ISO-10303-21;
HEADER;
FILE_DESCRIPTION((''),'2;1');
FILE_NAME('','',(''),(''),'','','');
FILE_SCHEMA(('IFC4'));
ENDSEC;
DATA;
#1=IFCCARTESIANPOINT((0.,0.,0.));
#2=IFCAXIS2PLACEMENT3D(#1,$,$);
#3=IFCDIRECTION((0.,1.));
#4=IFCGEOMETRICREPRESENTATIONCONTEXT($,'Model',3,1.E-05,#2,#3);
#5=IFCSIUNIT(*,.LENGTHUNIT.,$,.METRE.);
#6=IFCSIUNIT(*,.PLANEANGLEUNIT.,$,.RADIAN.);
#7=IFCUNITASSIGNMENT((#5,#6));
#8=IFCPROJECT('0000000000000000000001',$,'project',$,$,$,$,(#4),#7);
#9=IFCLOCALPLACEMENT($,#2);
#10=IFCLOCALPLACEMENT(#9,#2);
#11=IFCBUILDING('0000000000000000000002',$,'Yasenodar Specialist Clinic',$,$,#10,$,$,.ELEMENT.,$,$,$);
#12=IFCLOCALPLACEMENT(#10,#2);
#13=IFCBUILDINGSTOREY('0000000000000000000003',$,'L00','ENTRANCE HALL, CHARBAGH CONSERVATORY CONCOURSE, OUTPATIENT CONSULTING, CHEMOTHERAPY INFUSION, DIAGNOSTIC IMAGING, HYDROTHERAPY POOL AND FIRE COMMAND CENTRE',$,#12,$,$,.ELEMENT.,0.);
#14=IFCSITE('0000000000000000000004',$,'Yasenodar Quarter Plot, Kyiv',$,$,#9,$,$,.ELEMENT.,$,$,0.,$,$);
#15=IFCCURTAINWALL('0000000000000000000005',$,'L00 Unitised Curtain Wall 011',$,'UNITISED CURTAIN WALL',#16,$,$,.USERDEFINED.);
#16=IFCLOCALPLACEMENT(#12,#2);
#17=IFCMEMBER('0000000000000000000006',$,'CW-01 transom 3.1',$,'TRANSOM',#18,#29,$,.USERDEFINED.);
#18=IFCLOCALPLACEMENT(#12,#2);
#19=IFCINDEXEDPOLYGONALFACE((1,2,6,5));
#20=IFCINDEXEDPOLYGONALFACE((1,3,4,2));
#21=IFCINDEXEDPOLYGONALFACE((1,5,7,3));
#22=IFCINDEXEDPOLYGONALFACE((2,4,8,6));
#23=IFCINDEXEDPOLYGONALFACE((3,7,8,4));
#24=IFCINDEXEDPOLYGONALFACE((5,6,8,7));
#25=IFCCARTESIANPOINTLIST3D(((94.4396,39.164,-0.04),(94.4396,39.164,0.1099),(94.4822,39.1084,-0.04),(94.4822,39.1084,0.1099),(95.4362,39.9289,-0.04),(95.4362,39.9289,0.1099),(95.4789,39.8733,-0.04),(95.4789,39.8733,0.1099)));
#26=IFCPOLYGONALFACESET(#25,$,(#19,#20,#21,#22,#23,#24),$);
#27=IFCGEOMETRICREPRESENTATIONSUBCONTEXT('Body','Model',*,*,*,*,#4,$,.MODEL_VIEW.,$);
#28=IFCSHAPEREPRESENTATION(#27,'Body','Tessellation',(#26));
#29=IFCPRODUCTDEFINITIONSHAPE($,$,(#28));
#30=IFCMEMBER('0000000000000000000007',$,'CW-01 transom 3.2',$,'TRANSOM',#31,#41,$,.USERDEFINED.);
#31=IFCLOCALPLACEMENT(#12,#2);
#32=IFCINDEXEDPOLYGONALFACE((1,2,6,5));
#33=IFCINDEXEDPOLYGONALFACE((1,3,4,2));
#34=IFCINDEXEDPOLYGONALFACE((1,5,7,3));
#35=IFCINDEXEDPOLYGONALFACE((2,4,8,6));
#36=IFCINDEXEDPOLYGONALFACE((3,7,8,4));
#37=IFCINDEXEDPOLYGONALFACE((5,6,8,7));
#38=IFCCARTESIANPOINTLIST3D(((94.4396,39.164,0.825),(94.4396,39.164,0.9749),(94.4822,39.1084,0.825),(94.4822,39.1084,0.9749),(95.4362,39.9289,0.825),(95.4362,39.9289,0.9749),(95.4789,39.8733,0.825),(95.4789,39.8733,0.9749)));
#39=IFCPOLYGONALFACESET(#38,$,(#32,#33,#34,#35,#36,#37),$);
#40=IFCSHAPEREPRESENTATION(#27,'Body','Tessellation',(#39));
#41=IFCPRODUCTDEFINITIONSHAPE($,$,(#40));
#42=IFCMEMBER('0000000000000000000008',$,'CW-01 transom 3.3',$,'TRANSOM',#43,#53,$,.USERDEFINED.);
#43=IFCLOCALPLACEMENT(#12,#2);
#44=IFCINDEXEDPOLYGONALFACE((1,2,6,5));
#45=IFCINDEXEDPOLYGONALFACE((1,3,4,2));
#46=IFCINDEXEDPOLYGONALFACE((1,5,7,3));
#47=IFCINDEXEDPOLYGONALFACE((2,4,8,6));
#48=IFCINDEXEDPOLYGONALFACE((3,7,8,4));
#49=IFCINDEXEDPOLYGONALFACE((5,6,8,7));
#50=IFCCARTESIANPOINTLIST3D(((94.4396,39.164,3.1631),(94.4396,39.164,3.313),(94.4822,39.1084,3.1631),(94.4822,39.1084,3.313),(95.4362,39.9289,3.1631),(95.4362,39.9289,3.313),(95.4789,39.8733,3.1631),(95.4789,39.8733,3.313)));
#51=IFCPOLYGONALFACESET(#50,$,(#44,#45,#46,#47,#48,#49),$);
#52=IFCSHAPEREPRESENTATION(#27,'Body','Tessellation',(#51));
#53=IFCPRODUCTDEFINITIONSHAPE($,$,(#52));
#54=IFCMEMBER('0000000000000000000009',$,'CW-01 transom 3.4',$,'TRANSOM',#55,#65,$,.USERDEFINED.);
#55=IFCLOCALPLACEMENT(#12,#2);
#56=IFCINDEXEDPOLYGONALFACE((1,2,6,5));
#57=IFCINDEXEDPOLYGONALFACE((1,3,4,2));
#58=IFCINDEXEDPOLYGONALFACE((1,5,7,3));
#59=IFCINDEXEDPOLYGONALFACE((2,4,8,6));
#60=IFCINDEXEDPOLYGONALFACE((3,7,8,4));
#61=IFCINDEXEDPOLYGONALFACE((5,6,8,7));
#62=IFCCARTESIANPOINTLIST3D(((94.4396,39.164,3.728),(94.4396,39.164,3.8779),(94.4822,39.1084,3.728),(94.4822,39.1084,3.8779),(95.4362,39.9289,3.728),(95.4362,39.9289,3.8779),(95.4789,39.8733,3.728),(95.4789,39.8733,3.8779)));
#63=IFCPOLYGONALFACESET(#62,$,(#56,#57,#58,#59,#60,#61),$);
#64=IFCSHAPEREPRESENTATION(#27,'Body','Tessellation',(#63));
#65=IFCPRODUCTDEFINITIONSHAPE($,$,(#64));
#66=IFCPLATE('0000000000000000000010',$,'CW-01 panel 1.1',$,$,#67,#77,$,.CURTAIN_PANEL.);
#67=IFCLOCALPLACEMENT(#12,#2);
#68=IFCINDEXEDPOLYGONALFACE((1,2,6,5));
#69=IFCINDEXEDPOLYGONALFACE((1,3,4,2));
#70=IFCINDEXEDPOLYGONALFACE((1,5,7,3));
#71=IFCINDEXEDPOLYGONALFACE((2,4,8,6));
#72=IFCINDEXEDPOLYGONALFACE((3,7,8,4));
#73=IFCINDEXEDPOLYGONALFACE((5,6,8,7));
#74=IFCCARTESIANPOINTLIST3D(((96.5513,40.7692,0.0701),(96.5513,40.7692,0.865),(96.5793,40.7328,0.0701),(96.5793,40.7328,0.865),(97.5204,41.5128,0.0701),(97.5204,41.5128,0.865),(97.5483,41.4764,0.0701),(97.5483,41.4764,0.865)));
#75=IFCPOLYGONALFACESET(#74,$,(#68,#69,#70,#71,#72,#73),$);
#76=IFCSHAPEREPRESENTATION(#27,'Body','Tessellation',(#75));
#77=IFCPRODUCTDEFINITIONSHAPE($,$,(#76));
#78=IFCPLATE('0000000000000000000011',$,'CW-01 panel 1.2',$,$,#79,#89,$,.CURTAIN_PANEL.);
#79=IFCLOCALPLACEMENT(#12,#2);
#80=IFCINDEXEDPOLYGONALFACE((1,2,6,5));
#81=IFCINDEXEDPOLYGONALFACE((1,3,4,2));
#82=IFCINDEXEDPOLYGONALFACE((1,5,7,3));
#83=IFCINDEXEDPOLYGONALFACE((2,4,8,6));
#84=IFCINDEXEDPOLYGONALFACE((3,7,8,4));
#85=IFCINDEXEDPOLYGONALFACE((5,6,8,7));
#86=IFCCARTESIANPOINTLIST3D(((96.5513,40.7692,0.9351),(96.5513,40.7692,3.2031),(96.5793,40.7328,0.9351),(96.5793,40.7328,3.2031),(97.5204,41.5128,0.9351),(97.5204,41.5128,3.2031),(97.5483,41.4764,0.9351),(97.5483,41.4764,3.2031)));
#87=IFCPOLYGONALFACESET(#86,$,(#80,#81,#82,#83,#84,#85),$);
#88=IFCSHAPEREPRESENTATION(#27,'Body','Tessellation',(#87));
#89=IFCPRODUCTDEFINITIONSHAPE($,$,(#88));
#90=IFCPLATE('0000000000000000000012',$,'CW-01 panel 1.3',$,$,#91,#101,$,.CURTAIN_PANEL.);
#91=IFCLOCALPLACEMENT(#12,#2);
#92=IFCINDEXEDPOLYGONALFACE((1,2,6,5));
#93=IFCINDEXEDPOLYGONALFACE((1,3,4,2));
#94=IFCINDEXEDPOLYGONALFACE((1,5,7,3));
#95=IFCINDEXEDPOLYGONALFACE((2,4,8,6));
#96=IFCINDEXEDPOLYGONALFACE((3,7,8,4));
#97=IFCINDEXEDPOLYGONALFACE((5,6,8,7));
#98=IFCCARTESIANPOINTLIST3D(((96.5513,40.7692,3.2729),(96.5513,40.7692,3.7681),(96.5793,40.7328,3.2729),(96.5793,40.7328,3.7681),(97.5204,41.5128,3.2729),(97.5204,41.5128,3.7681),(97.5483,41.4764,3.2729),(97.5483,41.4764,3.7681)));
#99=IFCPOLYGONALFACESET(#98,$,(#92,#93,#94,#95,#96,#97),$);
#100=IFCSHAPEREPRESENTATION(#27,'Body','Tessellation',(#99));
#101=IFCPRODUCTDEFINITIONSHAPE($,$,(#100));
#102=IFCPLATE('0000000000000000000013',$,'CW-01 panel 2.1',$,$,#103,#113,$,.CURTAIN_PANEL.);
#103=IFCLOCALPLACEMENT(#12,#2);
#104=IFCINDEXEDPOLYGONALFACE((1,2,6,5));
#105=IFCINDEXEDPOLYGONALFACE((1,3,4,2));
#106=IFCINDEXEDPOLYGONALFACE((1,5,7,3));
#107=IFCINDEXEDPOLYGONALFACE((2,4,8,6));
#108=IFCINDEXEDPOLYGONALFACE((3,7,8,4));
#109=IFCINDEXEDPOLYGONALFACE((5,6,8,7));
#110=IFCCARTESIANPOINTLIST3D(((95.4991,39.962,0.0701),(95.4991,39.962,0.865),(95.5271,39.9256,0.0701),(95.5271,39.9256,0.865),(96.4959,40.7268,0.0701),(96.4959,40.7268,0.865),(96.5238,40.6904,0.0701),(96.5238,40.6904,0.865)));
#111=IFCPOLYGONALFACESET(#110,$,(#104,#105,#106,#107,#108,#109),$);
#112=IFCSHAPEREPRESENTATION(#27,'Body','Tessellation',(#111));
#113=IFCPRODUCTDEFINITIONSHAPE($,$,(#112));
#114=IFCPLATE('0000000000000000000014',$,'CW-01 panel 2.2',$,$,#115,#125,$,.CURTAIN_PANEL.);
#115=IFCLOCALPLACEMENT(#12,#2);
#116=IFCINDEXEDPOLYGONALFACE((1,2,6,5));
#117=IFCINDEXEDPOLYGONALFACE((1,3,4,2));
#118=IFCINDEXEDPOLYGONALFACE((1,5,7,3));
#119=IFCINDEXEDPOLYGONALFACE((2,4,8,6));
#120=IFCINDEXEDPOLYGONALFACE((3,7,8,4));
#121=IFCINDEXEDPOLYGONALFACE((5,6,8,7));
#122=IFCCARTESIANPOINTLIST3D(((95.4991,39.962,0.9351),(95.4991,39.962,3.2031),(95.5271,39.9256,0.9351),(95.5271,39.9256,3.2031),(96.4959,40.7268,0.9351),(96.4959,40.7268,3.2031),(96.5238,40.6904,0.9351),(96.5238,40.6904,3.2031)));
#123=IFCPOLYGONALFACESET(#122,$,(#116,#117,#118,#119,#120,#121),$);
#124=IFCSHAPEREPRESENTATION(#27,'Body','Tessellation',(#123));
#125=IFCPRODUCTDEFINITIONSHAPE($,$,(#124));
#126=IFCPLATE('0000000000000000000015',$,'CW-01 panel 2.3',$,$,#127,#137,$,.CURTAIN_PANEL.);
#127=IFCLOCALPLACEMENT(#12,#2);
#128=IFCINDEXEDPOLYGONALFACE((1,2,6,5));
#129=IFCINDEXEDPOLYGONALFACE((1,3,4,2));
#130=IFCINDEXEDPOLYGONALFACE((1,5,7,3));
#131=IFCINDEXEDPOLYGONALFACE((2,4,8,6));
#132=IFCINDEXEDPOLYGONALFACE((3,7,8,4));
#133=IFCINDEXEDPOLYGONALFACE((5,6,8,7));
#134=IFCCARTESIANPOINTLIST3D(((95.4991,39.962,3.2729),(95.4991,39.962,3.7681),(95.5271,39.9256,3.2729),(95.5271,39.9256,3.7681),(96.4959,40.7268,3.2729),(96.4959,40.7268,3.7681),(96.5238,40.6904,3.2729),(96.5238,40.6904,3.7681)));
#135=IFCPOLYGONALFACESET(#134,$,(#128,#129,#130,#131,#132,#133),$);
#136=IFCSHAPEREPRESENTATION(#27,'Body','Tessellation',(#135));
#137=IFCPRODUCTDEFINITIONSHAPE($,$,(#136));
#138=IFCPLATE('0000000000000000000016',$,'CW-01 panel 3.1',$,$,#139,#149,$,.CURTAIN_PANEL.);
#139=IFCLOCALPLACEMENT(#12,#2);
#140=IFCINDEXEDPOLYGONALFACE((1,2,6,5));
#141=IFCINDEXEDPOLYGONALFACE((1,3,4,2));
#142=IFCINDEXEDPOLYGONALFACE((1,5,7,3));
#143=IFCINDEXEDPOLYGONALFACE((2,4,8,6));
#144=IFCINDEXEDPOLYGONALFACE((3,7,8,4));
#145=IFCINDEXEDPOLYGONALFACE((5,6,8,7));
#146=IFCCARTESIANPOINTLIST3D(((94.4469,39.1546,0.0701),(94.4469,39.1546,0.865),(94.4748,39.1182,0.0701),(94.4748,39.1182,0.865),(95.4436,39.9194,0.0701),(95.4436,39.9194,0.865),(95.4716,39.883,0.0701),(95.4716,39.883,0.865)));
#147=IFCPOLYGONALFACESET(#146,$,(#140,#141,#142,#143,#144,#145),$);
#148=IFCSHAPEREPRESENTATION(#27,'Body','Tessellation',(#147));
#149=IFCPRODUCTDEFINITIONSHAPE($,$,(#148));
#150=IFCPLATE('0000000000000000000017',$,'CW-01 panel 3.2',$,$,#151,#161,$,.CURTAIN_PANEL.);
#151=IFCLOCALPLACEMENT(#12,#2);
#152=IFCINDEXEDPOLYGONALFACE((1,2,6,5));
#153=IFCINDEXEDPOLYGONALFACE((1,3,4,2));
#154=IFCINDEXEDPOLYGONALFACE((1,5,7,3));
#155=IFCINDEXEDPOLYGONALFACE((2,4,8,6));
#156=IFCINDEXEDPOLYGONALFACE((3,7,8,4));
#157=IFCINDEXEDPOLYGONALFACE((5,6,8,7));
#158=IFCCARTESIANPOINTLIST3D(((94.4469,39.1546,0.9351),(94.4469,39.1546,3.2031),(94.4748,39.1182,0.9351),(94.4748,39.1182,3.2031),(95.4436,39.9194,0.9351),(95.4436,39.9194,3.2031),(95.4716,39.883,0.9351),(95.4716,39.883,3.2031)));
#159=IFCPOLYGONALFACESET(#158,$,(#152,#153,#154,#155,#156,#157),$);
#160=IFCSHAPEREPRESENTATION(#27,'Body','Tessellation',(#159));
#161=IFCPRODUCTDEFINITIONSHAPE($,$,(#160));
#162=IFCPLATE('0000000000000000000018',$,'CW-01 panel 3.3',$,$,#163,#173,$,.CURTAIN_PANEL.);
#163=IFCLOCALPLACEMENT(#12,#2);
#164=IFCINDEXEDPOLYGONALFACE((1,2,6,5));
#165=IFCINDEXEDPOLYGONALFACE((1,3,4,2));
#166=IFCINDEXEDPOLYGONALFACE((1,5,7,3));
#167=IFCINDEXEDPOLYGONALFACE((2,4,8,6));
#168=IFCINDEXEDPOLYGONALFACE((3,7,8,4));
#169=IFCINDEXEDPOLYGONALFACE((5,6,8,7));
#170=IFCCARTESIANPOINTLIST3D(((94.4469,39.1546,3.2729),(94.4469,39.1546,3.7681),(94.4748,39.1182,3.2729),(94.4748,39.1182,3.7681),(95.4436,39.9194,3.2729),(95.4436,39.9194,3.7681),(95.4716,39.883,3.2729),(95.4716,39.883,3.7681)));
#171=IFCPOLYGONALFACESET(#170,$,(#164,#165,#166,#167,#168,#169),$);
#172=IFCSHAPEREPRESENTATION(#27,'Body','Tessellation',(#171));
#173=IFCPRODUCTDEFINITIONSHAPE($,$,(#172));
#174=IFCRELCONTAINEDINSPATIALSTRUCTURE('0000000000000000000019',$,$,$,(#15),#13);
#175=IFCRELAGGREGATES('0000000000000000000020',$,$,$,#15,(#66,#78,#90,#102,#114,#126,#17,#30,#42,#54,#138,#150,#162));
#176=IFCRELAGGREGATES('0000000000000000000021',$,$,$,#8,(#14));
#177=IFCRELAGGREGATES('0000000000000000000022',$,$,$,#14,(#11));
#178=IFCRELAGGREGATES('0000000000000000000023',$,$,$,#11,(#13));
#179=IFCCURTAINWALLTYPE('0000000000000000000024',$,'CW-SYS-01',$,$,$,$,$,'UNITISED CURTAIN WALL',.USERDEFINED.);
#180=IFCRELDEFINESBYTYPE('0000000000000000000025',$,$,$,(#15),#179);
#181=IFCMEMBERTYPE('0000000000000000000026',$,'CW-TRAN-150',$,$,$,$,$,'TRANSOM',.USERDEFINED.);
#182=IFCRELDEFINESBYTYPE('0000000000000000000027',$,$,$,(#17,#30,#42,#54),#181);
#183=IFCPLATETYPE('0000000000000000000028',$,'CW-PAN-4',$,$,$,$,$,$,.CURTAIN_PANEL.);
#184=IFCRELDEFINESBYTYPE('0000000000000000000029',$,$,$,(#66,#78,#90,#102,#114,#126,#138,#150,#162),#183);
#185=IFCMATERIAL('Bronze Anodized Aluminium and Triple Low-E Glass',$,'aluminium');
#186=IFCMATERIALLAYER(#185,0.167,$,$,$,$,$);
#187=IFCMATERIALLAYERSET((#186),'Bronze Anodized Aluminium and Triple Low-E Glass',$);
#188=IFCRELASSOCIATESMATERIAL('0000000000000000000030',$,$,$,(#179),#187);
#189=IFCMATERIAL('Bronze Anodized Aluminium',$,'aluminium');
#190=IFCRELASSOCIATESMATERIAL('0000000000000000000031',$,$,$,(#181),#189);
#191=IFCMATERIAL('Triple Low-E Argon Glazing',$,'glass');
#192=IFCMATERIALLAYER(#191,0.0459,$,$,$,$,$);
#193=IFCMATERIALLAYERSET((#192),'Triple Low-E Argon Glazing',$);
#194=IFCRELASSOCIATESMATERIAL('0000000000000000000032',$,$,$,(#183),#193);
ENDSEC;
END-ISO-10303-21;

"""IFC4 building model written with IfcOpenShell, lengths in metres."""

from ifc_helpers import new_model, si_unit, direction, frame, origin, origin_2d, place, context, subcontext, project, spatial, rectangle, extrude, material, layer, layer_set, material_profile, profile_set, type_object, element, aggregate, save


model = new_model("IFC4")

# Units and contexts
model_context = context("Model", 3, precision=1e-05, world=origin(), true_north=direction((0.0, 1.0)))
body_context = subcontext(model_context, "Body", "Model", "MODEL_VIEW")
ifc_project = project(units=[si_unit("LENGTHUNIT", "METRE"), si_unit("PLANEANGLEUNIT", "RADIAN")], contexts=[model_context])

# Site, building, storey
site_placement = place(None, origin())
site = spatial("IfcSite", under=ifc_project, at=site_placement, Name="Yasenodar Quarter Plot, Kyiv", CompositionType="ELEMENT", RefElevation=0.0)
building_placement = place(site_placement, origin())
building = spatial("IfcBuilding", under=site, at=building_placement, Name="Yasenodar Specialist Clinic", CompositionType="ELEMENT")
storey_placement = place(building_placement, origin())
storey = spatial("IfcBuildingStorey", under=building, at=storey_placement, Name="L00", Description="ENTRANCE HALL, CHARBAGH CONSERVATORY CONCOURSE, OUTPATIENT CONSULTING, CHEMOTHERAPY INFUSION, DIAGNOSTIC IMAGING, HYDROTHERAPY POOL AND FIRE COMMAND CENTRE", CompositionType="ELEMENT", Elevation=0.0)

# Curtain wall, members, plates
ifc_material_1 = material(Name="Bronze Anodized Aluminium and Triple Low-E Glass", Category="aluminium")
ifc_layer_1 = layer(ifc_material_1, 0.167)
ifc_layer_set_1 = layer_set([ifc_layer_1], Name="Bronze Anodized Aluminium and Triple Low-E Glass")
curtain_wall_type = type_object("IfcCurtainWallType", Name="CW-SYS-01", ElementType="UNITISED CURTAIN WALL", PredefinedType="USERDEFINED", material=ifc_layer_set_1)
curtain_wall_placement = place(storey_placement, origin())
curtain_wall = element("IfcCurtainWall", 1, at=curtain_wall_placement, inside=storey, type_object=curtain_wall_type, Name="L00 Unitised Curtain Wall 011", ObjectType="UNITISED CURTAIN WALL", PredefinedType="USERDEFINED")
ifc_material_2 = material(Name="Bronze Anodized Aluminium", Category="aluminium")
ifc_material_profile_1 = material_profile(ifc_material_2, rectangle(XDim=0.0701, YDim=0.1499, at=origin_2d()), Name="CW-TRAN 70x150")
ifc_profile_set_1 = profile_set([ifc_material_profile_1], Name="Bronze Anodized Aluminium")
member_type_1 = type_object("IfcMemberType", Name="CW-TRAN-150", ElementType="TRANSOM", PredefinedType="USERDEFINED", material=ifc_profile_set_1)
member_1_placement = place(storey_placement, frame((95.4575, 39.9011, 0.0349), z_axis=(-0.793281, -0.608856, 0.0), x_axis=(0.608856, -0.793281, 0.0)))
member_1 = element("IfcMember", 2, at=member_1_placement, type_object=member_type_1, Name="CW-01 transom 3.1", ObjectType="TRANSOM", PredefinedType="USERDEFINED", context=body_context, shape_type="SweptSolid", body=[
    extrude(rectangle(XDim=0.0701, YDim=0.1499, at=origin_2d()), origin(), (0.0, 0.0, 1.0), 1.2563),
])
member_2_placement = place(storey_placement, frame((95.4575, 39.9011, 0.8999), z_axis=(-0.793281, -0.608856, 0.0), x_axis=(0.608856, -0.793281, 0.0)))
member_2 = element("IfcMember", 3, at=member_2_placement, type_object=member_type_1, Name="CW-01 transom 3.2", ObjectType="TRANSOM", PredefinedType="USERDEFINED", context=body_context, shape_type="SweptSolid", body=[
    extrude(rectangle(XDim=0.0701, YDim=0.1499, at=origin_2d()), origin(), (0.0, 0.0, 1.0), 1.2563),
])
member_3_placement = place(storey_placement, frame((95.4575, 39.9011, 3.238), z_axis=(-0.793281, -0.608856, 0.0), x_axis=(0.608856, -0.793281, 0.0)))
member_3 = element("IfcMember", 4, at=member_3_placement, type_object=member_type_1, Name="CW-01 transom 3.3", ObjectType="TRANSOM", PredefinedType="USERDEFINED", context=body_context, shape_type="SweptSolid", body=[
    extrude(rectangle(XDim=0.0701, YDim=0.1499, at=origin_2d()), origin(), (0.0, 0.0, 1.0), 1.2563),
])
member_4_placement = place(storey_placement, frame((95.4575, 39.9011, 3.803), z_axis=(-0.793281, -0.608856, 0.0), x_axis=(0.608856, -0.793281, 0.0)))
member_4 = element("IfcMember", 5, at=member_4_placement, type_object=member_type_1, Name="CW-01 transom 3.4", ObjectType="TRANSOM", PredefinedType="USERDEFINED", context=body_context, shape_type="SweptSolid", body=[
    extrude(rectangle(XDim=0.0701, YDim=0.1499, at=origin_2d()), origin(), (0.0, 0.0, 1.0), 1.2563),
])
ifc_material_3 = material(Name="Triple Low-E Argon Glazing", Category="glass")
ifc_layer_2 = layer(ifc_material_3, 0.0459)
ifc_layer_set_2 = layer_set([ifc_layer_2], Name="Triple Low-E Argon Glazing")
plate_type = type_object("IfcPlateType", Name="CW-PAN-4", PredefinedType="CURTAIN_PANEL", material=ifc_layer_set_2)
plate_1_placement = place(storey_placement, frame((97.0498, 41.1228, 0.0701), z_axis=(0.0, 0.0, 1.0), x_axis=(-0.793361, -0.608752, 0.0)))
plate_1 = element("IfcPlate", 6, at=plate_1_placement, type_object=plate_type, Name="CW-01 panel 1.1", PredefinedType="CURTAIN_PANEL", context=body_context, shape_type="SweptSolid", body=[
    extrude(rectangle(XDim=1.2214, YDim=0.0459, at=origin_2d()), origin(), (0.0, 0.0, 1.0), 0.7949),
])
plate_2_placement = place(storey_placement, frame((97.0498, 41.1228, 0.9351), z_axis=(0.0, 0.0, 1.0), x_axis=(-0.793361, -0.608752, 0.0)))
plate_2 = element("IfcPlate", 7, at=plate_2_placement, type_object=plate_type, Name="CW-01 panel 1.2", PredefinedType="CURTAIN_PANEL", context=body_context, shape_type="SweptSolid", body=[
    extrude(rectangle(XDim=1.2214, YDim=0.0459, at=origin_2d()), origin(), (0.0, 0.0, 1.0), 2.2681),
])
plate_3_placement = place(storey_placement, frame((97.0498, 41.1228, 3.2729), z_axis=(0.0, 0.0, 1.0), x_axis=(-0.793361, -0.608752, 0.0)))
plate_3 = element("IfcPlate", 8, at=plate_3_placement, type_object=plate_type, Name="CW-01 panel 1.3", PredefinedType="CURTAIN_PANEL", context=body_context, shape_type="SweptSolid", body=[
    extrude(rectangle(XDim=1.2214, YDim=0.0459, at=origin_2d()), origin(), (0.0, 0.0, 1.0), 0.4951),
])
plate_4_placement = place(storey_placement, frame((96.0115, 40.3262, 0.0701), z_axis=(0.0, 0.0, 1.0), x_axis=(-0.793361, -0.608752, 0.0)))
plate_4 = element("IfcPlate", 9, at=plate_4_placement, type_object=plate_type, Name="CW-01 panel 2.1", PredefinedType="CURTAIN_PANEL", context=body_context, shape_type="SweptSolid", body=[
    extrude(rectangle(XDim=1.2563, YDim=0.0459, at=origin_2d()), origin(), (0.0, 0.0, 1.0), 0.7949),
])
plate_5_placement = place(storey_placement, frame((96.0115, 40.3262, 0.9351), z_axis=(0.0, 0.0, 1.0), x_axis=(-0.793361, -0.608752, 0.0)))
plate_5 = element("IfcPlate", 10, at=plate_5_placement, type_object=plate_type, Name="CW-01 panel 2.2", PredefinedType="CURTAIN_PANEL", context=body_context, shape_type="SweptSolid", body=[
    extrude(rectangle(XDim=1.2563, YDim=0.0459, at=origin_2d()), origin(), (0.0, 0.0, 1.0), 2.2681),
])
plate_6_placement = place(storey_placement, frame((96.0115, 40.3262, 3.2729), z_axis=(0.0, 0.0, 1.0), x_axis=(-0.793361, -0.608752, 0.0)))
plate_6 = element("IfcPlate", 11, at=plate_6_placement, type_object=plate_type, Name="CW-01 panel 2.3", PredefinedType="CURTAIN_PANEL", context=body_context, shape_type="SweptSolid", body=[
    extrude(rectangle(XDim=1.2563, YDim=0.0459, at=origin_2d()), origin(), (0.0, 0.0, 1.0), 0.4951),
])
plate_7_placement = place(storey_placement, frame((94.9592, 39.5188, 0.0701), z_axis=(0.0, 0.0, 1.0), x_axis=(-0.793361, -0.608752, 0.0)))
plate_7 = element("IfcPlate", 12, at=plate_7_placement, type_object=plate_type, Name="CW-01 panel 3.1", PredefinedType="CURTAIN_PANEL", context=body_context, shape_type="SweptSolid", body=[
    extrude(rectangle(XDim=1.2563, YDim=0.0459, at=origin_2d()), origin(), (0.0, 0.0, 1.0), 0.7949),
])
plate_8_placement = place(storey_placement, frame((94.9592, 39.5188, 0.9351), z_axis=(0.0, 0.0, 1.0), x_axis=(-0.793361, -0.608752, 0.0)))
plate_8 = element("IfcPlate", 13, at=plate_8_placement, type_object=plate_type, Name="CW-01 panel 3.2", PredefinedType="CURTAIN_PANEL", context=body_context, shape_type="SweptSolid", body=[
    extrude(rectangle(XDim=1.2563, YDim=0.0459, at=origin_2d()), origin(), (0.0, 0.0, 1.0), 2.2681),
])
plate_9_placement = place(storey_placement, frame((94.9592, 39.5188, 3.2729), z_axis=(0.0, 0.0, 1.0), x_axis=(-0.793361, -0.608752, 0.0)))
plate_9 = element("IfcPlate", 14, at=plate_9_placement, type_object=plate_type, Name="CW-01 panel 3.3", PredefinedType="CURTAIN_PANEL", context=body_context, shape_type="SweptSolid", body=[
    extrude(rectangle(XDim=1.2563, YDim=0.0459, at=origin_2d()), origin(), (0.0, 0.0, 1.0), 0.4951),
])
aggregate(curtain_wall, [plate_1, plate_2, plate_3, plate_4, plate_5, plate_6, member_1, member_2, member_3, member_4, plate_7, plate_8, plate_9])

save(model, "model.ifc")
